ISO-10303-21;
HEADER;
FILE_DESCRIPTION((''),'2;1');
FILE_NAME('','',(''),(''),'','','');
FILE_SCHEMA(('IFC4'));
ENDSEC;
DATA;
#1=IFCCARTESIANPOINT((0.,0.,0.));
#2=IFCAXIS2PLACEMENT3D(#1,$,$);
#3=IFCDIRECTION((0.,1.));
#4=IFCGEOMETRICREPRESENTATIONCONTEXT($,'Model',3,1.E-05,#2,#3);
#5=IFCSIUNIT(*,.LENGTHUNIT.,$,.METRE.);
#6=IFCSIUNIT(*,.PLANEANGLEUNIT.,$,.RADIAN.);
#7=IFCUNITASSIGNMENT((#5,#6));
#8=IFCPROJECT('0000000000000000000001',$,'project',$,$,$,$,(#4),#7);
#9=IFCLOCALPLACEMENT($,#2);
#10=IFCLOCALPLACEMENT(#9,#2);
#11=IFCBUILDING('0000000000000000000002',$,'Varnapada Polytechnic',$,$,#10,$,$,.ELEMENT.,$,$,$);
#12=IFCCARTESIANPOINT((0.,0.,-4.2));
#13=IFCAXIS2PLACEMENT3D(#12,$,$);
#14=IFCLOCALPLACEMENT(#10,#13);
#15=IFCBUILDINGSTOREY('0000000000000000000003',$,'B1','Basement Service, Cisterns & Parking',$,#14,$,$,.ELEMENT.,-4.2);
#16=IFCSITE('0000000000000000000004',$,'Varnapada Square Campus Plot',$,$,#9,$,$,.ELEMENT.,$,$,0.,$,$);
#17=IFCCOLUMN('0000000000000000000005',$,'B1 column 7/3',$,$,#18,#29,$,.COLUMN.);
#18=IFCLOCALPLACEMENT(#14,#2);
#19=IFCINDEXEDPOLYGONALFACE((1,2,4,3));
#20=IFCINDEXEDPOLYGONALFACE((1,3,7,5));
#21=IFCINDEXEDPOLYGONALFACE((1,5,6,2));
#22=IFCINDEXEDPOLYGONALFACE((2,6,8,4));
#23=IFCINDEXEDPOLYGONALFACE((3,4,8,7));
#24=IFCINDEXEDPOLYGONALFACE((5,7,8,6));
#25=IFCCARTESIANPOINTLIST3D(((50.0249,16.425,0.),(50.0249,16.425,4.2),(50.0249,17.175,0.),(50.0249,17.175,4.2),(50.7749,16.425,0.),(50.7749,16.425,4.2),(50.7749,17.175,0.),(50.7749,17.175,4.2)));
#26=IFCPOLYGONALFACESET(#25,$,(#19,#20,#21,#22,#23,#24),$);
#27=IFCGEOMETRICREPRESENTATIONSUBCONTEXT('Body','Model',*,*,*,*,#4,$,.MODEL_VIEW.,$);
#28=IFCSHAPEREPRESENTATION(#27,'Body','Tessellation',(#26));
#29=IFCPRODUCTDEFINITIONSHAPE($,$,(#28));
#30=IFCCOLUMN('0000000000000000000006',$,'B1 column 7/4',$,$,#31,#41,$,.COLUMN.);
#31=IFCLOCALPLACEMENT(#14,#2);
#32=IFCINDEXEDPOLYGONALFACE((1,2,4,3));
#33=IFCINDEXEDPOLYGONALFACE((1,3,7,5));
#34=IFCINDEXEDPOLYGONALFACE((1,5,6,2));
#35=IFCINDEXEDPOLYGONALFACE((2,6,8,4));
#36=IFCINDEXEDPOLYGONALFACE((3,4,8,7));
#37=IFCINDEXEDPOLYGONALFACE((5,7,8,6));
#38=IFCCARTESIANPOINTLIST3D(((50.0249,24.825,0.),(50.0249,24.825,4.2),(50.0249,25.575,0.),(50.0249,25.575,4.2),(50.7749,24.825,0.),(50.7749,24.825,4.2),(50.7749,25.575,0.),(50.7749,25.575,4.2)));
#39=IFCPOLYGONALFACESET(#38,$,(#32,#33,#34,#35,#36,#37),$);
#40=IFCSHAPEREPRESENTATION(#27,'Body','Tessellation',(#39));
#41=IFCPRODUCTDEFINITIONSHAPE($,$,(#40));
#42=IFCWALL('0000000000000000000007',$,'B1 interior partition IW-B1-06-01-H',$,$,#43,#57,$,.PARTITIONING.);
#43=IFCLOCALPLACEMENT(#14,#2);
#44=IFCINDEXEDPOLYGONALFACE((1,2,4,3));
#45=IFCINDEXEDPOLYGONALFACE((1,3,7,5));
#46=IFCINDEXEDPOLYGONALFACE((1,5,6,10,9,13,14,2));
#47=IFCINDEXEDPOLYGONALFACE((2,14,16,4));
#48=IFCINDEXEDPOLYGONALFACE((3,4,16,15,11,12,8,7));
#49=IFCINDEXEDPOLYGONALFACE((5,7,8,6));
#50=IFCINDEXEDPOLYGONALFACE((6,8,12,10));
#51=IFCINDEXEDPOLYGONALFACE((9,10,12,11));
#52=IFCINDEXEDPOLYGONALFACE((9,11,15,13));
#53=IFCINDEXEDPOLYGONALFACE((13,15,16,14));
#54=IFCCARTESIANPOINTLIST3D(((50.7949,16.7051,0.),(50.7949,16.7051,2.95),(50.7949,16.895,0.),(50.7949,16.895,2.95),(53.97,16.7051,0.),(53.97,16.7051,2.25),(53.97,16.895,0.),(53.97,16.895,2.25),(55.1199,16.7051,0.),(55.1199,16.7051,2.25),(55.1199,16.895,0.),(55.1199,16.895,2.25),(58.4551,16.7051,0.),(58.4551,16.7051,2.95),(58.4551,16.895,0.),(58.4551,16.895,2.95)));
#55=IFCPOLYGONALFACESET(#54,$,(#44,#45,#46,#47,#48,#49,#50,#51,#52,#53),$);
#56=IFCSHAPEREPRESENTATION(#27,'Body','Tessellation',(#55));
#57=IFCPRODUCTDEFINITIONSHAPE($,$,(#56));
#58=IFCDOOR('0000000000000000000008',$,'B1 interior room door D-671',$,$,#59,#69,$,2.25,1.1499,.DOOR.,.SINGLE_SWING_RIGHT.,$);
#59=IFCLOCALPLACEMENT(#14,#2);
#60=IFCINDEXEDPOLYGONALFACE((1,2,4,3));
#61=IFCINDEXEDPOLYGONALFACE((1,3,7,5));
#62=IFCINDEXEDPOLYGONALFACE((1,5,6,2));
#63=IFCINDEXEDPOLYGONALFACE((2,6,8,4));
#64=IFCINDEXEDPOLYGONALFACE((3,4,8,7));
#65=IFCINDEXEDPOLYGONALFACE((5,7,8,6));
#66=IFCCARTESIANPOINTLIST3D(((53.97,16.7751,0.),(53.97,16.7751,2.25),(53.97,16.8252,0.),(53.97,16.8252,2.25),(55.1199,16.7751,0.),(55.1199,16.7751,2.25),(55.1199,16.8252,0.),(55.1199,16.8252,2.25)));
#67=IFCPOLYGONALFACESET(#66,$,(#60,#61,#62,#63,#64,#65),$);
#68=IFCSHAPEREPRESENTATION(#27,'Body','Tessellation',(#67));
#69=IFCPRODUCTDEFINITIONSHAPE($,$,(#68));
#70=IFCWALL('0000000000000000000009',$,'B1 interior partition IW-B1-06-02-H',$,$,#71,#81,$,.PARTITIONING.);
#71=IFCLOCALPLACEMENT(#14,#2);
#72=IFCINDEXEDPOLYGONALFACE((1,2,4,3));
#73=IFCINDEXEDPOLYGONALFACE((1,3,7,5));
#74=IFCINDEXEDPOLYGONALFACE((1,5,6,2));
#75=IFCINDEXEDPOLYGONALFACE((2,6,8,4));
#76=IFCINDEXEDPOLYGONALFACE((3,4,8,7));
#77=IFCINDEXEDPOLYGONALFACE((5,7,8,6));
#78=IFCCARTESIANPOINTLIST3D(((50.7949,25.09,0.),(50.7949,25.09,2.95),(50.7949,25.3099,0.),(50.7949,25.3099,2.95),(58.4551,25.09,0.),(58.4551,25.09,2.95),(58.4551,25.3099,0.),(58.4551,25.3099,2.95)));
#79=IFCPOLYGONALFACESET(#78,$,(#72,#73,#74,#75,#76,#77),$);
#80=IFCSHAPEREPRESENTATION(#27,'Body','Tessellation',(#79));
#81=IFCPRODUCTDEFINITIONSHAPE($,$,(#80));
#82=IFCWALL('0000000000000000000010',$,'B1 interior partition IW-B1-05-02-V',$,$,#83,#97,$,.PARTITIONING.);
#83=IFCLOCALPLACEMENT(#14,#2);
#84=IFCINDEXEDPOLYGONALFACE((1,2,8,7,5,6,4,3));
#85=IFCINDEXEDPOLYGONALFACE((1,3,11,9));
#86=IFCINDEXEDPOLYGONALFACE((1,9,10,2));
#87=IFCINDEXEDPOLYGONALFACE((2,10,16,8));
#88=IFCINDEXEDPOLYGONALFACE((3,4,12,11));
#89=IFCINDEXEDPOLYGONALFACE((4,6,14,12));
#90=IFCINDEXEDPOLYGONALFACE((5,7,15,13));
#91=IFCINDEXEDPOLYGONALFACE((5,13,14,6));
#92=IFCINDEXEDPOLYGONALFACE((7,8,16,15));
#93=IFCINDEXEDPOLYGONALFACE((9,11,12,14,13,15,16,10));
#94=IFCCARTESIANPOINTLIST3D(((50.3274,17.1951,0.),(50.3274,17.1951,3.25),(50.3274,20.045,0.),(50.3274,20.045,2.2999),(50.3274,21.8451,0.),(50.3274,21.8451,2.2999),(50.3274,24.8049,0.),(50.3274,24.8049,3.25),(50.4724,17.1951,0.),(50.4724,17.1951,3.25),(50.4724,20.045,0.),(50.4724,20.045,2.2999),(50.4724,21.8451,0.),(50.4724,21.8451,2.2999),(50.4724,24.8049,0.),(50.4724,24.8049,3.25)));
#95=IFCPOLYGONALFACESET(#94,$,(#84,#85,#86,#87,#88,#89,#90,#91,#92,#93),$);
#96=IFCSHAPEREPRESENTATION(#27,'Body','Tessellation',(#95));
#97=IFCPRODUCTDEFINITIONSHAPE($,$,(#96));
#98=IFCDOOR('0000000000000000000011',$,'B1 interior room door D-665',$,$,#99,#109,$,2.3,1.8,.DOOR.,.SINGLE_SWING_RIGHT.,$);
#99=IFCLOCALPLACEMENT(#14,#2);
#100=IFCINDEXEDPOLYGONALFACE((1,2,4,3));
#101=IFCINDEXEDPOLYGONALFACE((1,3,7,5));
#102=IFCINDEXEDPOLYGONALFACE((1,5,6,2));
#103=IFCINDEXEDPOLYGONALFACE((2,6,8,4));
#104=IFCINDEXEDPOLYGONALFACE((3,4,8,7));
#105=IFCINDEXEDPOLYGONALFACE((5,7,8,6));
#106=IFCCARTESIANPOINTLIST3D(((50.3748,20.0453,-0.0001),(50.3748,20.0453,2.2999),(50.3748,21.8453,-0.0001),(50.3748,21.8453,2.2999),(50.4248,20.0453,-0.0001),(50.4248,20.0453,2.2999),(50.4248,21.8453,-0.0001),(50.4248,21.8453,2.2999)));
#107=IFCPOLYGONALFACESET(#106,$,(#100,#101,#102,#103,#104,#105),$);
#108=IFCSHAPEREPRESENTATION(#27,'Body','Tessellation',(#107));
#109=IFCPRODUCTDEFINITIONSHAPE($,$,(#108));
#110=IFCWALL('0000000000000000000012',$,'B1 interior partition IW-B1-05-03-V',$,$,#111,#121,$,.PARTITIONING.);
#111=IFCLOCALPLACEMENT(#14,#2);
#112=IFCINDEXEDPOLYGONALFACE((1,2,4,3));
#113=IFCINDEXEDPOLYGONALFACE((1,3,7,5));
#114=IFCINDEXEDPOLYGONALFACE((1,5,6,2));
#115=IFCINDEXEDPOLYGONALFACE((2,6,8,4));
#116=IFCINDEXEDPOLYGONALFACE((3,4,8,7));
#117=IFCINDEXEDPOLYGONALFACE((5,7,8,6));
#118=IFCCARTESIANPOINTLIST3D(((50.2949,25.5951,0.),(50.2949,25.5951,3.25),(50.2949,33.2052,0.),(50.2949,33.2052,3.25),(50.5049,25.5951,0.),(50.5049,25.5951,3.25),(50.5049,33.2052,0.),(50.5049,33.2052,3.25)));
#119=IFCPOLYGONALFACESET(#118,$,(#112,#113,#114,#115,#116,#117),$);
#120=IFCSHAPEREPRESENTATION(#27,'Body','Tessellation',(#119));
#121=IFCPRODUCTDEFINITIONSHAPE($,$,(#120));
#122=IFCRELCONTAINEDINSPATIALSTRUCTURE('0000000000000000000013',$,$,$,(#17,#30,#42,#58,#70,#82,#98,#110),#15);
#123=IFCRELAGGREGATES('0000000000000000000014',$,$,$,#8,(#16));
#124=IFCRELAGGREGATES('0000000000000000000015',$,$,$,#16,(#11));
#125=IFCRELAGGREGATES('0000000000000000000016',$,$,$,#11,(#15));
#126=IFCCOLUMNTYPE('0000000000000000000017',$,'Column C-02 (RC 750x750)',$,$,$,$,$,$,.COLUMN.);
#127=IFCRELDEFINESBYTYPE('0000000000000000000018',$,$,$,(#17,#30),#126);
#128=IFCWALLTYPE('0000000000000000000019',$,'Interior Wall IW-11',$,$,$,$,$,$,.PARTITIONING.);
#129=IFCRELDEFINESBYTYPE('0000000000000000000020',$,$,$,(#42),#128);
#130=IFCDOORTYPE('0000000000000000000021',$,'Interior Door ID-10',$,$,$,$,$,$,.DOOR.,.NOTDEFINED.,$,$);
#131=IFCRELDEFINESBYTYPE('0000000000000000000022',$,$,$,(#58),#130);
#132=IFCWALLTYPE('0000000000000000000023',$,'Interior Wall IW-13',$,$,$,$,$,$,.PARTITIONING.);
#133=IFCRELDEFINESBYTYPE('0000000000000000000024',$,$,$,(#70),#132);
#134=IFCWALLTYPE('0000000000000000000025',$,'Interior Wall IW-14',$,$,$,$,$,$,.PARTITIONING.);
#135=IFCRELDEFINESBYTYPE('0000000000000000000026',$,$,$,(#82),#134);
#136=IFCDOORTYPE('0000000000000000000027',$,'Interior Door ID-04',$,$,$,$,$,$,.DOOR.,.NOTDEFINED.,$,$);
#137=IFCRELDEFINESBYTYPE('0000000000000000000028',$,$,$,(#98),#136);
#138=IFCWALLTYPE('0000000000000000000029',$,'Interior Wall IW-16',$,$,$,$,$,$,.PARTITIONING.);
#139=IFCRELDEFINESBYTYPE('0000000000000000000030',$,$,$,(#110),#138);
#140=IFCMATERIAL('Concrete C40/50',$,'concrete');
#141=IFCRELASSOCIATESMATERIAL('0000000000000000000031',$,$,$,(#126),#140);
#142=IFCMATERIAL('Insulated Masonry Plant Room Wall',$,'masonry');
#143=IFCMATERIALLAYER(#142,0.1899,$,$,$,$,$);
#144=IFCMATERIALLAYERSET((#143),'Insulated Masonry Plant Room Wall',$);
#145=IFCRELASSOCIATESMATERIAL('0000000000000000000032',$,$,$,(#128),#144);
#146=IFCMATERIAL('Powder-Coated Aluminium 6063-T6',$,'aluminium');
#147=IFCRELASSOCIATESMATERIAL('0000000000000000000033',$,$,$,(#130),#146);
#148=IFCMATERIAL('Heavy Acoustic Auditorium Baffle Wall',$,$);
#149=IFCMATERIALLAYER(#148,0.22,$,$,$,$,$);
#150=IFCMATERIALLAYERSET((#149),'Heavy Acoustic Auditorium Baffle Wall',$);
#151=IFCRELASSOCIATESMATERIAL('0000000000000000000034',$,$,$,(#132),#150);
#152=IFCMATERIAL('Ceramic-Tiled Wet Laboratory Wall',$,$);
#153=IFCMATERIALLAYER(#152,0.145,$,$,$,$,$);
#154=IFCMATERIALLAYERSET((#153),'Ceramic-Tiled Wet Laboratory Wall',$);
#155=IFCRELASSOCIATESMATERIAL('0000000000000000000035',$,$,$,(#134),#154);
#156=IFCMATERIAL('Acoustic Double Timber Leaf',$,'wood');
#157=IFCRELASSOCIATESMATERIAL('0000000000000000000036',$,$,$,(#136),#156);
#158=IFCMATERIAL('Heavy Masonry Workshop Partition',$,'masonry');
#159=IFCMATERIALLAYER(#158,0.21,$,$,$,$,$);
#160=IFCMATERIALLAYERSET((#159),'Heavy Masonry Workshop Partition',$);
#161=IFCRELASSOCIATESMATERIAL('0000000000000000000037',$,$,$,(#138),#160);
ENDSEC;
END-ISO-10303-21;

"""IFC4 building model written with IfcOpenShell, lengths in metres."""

from ifc_helpers import new_model, si_unit, direction, frame, frame_2d, origin, origin_2d, place, context, subcontext, project, spatial, rectangle, extrude, material, layer, layer_set, material_profile, profile_set, type_object, element, fill, save


model = new_model("IFC4")

# Units and contexts
model_context = context("Model", 3, precision=1e-05, world=origin(), true_north=direction((0.0, 1.0)))
body_context = subcontext(model_context, "Body", "Model", "MODEL_VIEW")
ifc_project = project(units=[si_unit("LENGTHUNIT", "METRE"), si_unit("PLANEANGLEUNIT", "RADIAN")], contexts=[model_context])

# Site, building, storey
site_placement = place(None, origin())
site = spatial("IfcSite", under=ifc_project, at=site_placement, Name="Varnapada Square Campus Plot", CompositionType="ELEMENT", RefElevation=0.0)
building_placement = place(site_placement, origin())
building = spatial("IfcBuilding", under=site, at=building_placement, Name="Varnapada Polytechnic", CompositionType="ELEMENT")
storey_placement = place(building_placement, frame((0.0, 0.0, -4.2)))
storey = spatial("IfcBuildingStorey", under=building, at=storey_placement, Name="B1", Description="Basement Service, Cisterns & Parking", CompositionType="ELEMENT", Elevation=-4.2)

# Shared definitions
ifc_material_1 = material(Name="Concrete C40/50", Category="concrete")

# Columns
ifc_material_profile_1 = material_profile(ifc_material_1, rectangle(XDim=0.75, YDim=0.75, at=origin_2d()), Name="RC 750x750")
ifc_profile_set_1 = profile_set([ifc_material_profile_1], Name="Concrete C40/50")
column_type = type_object("IfcColumnType", Name="Column C-02 (RC 750x750)", PredefinedType="COLUMN", material=ifc_profile_set_1)
for number, where, z_axis, x_axis, name in (
    (1, (50.3999, 16.8, 0.0), (0.0, 0.0, 1.0), (1.0, 0.0, 0.0), "B1 column 7/3"),
    (2, (50.3999, 25.2, 0.0), (0.0, 0.0, 1.0), (1.0, 0.0, 0.0), "B1 column 7/4"),
):
    element("IfcColumn", number, at=place(storey_placement, frame(where, z_axis=z_axis, x_axis=x_axis)), inside=storey, type_object=column_type, Name=name, PredefinedType="COLUMN", context=body_context, shape_type="SweptSolid", body=[
        extrude(rectangle(XDim=0.75, YDim=0.75, at=origin_2d()), origin(), (0.0, 0.0, 1.0), 4.2),
    ])

# Wall, opening, door
ifc_material_2 = material(Name="Insulated Masonry Plant Room Wall", Category="masonry")
ifc_layer_1 = layer(ifc_material_2, 0.1899)
ifc_layer_set_1 = layer_set([ifc_layer_1], Name="Insulated Masonry Plant Room Wall")
wall_type_1 = type_object("IfcWallType", Name="Interior Wall IW-11", PredefinedType="PARTITIONING", material=ifc_layer_set_1)
wall_1_placement = place(storey_placement, frame((50.7949, 16.8, 0.0), z_axis=(0.0, 0.0, 1.0), x_axis=(1.0, 0.0, 0.0)))
wall_1 = element("IfcWall", 3, at=wall_1_placement, inside=storey, type_object=wall_type_1, Name="B1 interior partition IW-B1-06-01-H", PredefinedType="PARTITIONING", context=body_context, shape_type="SweptSolid", body=[
    extrude(rectangle(XDim=7.6602, YDim=0.1899, at=frame_2d((3.8301, 0.0))), origin(), (0.0, 0.0, 1.0), 2.95),
])
opening_1_placement = place(wall_1_placement, frame((3.175, 0.0, 0.0)))
opening_1 = element("IfcOpeningElement", 4, at=opening_1_placement, cuts=wall_1, PredefinedType="OPENING", context=body_context, shape_type="SweptSolid", body=[
    extrude(rectangle(XDim=1.1499, YDim=2.25, at=frame_2d((0.575, 1.125))), frame((0.0, 0.105, 0.0), z_axis=(0.0, -1.0, 0.0), x_axis=(1.0, 0.0, 0.0)), (0.0, 0.0, 1.0), 0.21),
])
ifc_material_3 = material(Name="Powder-Coated Aluminium 6063-T6", Category="aluminium")
door_type_1 = type_object("IfcDoorType", Name="Interior Door ID-10", OperationType="NOTDEFINED", PredefinedType="DOOR", material=ifc_material_3)
door_1_placement = place(opening_1_placement, frame((1.1499, 0.0, 0.0), z_axis=(0.0, 0.0, 1.0), x_axis=(-1.0, 0.0, 0.0)))
door_1 = element("IfcDoor", 5, at=door_1_placement, inside=storey, type_object=door_type_1, Name="B1 interior room door D-671", OperationType="SINGLE_SWING_RIGHT", OverallHeight=2.25, OverallWidth=1.1499, PredefinedType="DOOR", context=body_context, shape_type="SweptSolid", body=[
    extrude(rectangle(XDim=1.1499, YDim=2.25, at=frame_2d((0.575, 1.125))), frame((0.0, 0.0249, 0.0), z_axis=(0.0, -1.0, 0.0), x_axis=(1.0, 0.0, 0.0)), (0.0, 0.0, 1.0), 0.05),
])
fill(opening_1, door_1)

# Wall
ifc_material_4 = material(Name="Heavy Acoustic Auditorium Baffle Wall")
ifc_layer_2 = layer(ifc_material_4, 0.22)
ifc_layer_set_2 = layer_set([ifc_layer_2], Name="Heavy Acoustic Auditorium Baffle Wall")
wall_type_2 = type_object("IfcWallType", Name="Interior Wall IW-13", PredefinedType="PARTITIONING", material=ifc_layer_set_2)
wall_2_placement = place(storey_placement, frame((50.7949, 25.2, 0.0), z_axis=(0.0, 0.0, 1.0), x_axis=(1.0, 0.0, 0.0)))
element("IfcWall", 6, at=wall_2_placement, inside=storey, type_object=wall_type_2, Name="B1 interior partition IW-B1-06-02-H", PredefinedType="PARTITIONING", context=body_context, shape_type="SweptSolid", body=[
    extrude(rectangle(XDim=7.6602, YDim=0.22, at=frame_2d((3.8301, 0.0))), origin(), (0.0, 0.0, 1.0), 2.95),
])

# Wall, opening, door
ifc_material_5 = material(Name="Ceramic-Tiled Wet Laboratory Wall")
ifc_layer_3 = layer(ifc_material_5, 0.145)
ifc_layer_set_3 = layer_set([ifc_layer_3], Name="Ceramic-Tiled Wet Laboratory Wall")
wall_type_3 = type_object("IfcWallType", Name="Interior Wall IW-14", PredefinedType="PARTITIONING", material=ifc_layer_set_3)
wall_3_placement = place(storey_placement, frame((50.3999, 17.1951, 0.0), z_axis=(0.0, 0.0, 1.0), x_axis=(0.0, 1.0, 0.0)))
wall_3 = element("IfcWall", 7, at=wall_3_placement, inside=storey, type_object=wall_type_3, Name="B1 interior partition IW-B1-05-02-V", PredefinedType="PARTITIONING", context=body_context, shape_type="SweptSolid", body=[
    extrude(rectangle(XDim=7.6099, YDim=0.145, at=frame_2d((3.8049, 0.0))), origin(), (0.0, 0.0, 1.0), 3.25),
])
opening_2_placement = place(wall_3_placement, frame((2.8501, 0.0, 0.0)))
opening_2 = element("IfcOpeningElement", 8, at=opening_2_placement, cuts=wall_3, PredefinedType="OPENING", context=body_context, shape_type="SweptSolid", body=[
    extrude(rectangle(XDim=1.8, YDim=2.3, at=frame_2d((0.8999, 1.1499))), frame((0.0, 0.0825, 0.0), z_axis=(0.0, -1.0, 0.0), x_axis=(1.0, 0.0, 0.0)), (0.0, 0.0, 1.0), 0.165),
])
ifc_material_6 = material(Name="Acoustic Double Timber Leaf", Category="wood")
door_type_2 = type_object("IfcDoorType", Name="Interior Door ID-04", OperationType="NOTDEFINED", PredefinedType="DOOR", material=ifc_material_6)
door_2_placement = place(opening_2_placement, frame((1.8, 0.0, 0.0), z_axis=(0.0, 0.0, 1.0), x_axis=(-1.0, 0.0, 0.0)))
door_2 = element("IfcDoor", 9, at=door_2_placement, inside=storey, type_object=door_type_2, Name="B1 interior room door D-665", OperationType="SINGLE_SWING_RIGHT", OverallHeight=2.3, OverallWidth=1.8, PredefinedType="DOOR", context=body_context, shape_type="SweptSolid", body=[
    extrude(rectangle(XDim=1.8, YDim=2.3, at=frame_2d((0.8999, 1.1499))), frame((0.0, 0.0249, 0.0), z_axis=(0.0, -1.0, 0.0), x_axis=(1.0, 0.0, 0.0)), (0.0, 0.0, 1.0), 0.05),
])
fill(opening_2, door_2)

# Wall
ifc_material_7 = material(Name="Heavy Masonry Workshop Partition", Category="masonry")
ifc_layer_4 = layer(ifc_material_7, 0.21)
ifc_layer_set_4 = layer_set([ifc_layer_4], Name="Heavy Masonry Workshop Partition")
wall_type_4 = type_object("IfcWallType", Name="Interior Wall IW-16", PredefinedType="PARTITIONING", material=ifc_layer_set_4)
wall_4_placement = place(storey_placement, frame((50.3999, 25.595, 0.0), z_axis=(0.0, 0.0, 1.0), x_axis=(0.0, 1.0, 0.0)))
element("IfcWall", 10, at=wall_4_placement, inside=storey, type_object=wall_type_4, Name="B1 interior partition IW-B1-05-03-V", PredefinedType="PARTITIONING", context=body_context, shape_type="SweptSolid", body=[
    extrude(rectangle(XDim=7.6101, YDim=0.21, at=frame_2d((3.8052, 0.0))), origin(), (0.0, 0.0, 1.0), 3.25),
])

save(model, "model.ifc")
